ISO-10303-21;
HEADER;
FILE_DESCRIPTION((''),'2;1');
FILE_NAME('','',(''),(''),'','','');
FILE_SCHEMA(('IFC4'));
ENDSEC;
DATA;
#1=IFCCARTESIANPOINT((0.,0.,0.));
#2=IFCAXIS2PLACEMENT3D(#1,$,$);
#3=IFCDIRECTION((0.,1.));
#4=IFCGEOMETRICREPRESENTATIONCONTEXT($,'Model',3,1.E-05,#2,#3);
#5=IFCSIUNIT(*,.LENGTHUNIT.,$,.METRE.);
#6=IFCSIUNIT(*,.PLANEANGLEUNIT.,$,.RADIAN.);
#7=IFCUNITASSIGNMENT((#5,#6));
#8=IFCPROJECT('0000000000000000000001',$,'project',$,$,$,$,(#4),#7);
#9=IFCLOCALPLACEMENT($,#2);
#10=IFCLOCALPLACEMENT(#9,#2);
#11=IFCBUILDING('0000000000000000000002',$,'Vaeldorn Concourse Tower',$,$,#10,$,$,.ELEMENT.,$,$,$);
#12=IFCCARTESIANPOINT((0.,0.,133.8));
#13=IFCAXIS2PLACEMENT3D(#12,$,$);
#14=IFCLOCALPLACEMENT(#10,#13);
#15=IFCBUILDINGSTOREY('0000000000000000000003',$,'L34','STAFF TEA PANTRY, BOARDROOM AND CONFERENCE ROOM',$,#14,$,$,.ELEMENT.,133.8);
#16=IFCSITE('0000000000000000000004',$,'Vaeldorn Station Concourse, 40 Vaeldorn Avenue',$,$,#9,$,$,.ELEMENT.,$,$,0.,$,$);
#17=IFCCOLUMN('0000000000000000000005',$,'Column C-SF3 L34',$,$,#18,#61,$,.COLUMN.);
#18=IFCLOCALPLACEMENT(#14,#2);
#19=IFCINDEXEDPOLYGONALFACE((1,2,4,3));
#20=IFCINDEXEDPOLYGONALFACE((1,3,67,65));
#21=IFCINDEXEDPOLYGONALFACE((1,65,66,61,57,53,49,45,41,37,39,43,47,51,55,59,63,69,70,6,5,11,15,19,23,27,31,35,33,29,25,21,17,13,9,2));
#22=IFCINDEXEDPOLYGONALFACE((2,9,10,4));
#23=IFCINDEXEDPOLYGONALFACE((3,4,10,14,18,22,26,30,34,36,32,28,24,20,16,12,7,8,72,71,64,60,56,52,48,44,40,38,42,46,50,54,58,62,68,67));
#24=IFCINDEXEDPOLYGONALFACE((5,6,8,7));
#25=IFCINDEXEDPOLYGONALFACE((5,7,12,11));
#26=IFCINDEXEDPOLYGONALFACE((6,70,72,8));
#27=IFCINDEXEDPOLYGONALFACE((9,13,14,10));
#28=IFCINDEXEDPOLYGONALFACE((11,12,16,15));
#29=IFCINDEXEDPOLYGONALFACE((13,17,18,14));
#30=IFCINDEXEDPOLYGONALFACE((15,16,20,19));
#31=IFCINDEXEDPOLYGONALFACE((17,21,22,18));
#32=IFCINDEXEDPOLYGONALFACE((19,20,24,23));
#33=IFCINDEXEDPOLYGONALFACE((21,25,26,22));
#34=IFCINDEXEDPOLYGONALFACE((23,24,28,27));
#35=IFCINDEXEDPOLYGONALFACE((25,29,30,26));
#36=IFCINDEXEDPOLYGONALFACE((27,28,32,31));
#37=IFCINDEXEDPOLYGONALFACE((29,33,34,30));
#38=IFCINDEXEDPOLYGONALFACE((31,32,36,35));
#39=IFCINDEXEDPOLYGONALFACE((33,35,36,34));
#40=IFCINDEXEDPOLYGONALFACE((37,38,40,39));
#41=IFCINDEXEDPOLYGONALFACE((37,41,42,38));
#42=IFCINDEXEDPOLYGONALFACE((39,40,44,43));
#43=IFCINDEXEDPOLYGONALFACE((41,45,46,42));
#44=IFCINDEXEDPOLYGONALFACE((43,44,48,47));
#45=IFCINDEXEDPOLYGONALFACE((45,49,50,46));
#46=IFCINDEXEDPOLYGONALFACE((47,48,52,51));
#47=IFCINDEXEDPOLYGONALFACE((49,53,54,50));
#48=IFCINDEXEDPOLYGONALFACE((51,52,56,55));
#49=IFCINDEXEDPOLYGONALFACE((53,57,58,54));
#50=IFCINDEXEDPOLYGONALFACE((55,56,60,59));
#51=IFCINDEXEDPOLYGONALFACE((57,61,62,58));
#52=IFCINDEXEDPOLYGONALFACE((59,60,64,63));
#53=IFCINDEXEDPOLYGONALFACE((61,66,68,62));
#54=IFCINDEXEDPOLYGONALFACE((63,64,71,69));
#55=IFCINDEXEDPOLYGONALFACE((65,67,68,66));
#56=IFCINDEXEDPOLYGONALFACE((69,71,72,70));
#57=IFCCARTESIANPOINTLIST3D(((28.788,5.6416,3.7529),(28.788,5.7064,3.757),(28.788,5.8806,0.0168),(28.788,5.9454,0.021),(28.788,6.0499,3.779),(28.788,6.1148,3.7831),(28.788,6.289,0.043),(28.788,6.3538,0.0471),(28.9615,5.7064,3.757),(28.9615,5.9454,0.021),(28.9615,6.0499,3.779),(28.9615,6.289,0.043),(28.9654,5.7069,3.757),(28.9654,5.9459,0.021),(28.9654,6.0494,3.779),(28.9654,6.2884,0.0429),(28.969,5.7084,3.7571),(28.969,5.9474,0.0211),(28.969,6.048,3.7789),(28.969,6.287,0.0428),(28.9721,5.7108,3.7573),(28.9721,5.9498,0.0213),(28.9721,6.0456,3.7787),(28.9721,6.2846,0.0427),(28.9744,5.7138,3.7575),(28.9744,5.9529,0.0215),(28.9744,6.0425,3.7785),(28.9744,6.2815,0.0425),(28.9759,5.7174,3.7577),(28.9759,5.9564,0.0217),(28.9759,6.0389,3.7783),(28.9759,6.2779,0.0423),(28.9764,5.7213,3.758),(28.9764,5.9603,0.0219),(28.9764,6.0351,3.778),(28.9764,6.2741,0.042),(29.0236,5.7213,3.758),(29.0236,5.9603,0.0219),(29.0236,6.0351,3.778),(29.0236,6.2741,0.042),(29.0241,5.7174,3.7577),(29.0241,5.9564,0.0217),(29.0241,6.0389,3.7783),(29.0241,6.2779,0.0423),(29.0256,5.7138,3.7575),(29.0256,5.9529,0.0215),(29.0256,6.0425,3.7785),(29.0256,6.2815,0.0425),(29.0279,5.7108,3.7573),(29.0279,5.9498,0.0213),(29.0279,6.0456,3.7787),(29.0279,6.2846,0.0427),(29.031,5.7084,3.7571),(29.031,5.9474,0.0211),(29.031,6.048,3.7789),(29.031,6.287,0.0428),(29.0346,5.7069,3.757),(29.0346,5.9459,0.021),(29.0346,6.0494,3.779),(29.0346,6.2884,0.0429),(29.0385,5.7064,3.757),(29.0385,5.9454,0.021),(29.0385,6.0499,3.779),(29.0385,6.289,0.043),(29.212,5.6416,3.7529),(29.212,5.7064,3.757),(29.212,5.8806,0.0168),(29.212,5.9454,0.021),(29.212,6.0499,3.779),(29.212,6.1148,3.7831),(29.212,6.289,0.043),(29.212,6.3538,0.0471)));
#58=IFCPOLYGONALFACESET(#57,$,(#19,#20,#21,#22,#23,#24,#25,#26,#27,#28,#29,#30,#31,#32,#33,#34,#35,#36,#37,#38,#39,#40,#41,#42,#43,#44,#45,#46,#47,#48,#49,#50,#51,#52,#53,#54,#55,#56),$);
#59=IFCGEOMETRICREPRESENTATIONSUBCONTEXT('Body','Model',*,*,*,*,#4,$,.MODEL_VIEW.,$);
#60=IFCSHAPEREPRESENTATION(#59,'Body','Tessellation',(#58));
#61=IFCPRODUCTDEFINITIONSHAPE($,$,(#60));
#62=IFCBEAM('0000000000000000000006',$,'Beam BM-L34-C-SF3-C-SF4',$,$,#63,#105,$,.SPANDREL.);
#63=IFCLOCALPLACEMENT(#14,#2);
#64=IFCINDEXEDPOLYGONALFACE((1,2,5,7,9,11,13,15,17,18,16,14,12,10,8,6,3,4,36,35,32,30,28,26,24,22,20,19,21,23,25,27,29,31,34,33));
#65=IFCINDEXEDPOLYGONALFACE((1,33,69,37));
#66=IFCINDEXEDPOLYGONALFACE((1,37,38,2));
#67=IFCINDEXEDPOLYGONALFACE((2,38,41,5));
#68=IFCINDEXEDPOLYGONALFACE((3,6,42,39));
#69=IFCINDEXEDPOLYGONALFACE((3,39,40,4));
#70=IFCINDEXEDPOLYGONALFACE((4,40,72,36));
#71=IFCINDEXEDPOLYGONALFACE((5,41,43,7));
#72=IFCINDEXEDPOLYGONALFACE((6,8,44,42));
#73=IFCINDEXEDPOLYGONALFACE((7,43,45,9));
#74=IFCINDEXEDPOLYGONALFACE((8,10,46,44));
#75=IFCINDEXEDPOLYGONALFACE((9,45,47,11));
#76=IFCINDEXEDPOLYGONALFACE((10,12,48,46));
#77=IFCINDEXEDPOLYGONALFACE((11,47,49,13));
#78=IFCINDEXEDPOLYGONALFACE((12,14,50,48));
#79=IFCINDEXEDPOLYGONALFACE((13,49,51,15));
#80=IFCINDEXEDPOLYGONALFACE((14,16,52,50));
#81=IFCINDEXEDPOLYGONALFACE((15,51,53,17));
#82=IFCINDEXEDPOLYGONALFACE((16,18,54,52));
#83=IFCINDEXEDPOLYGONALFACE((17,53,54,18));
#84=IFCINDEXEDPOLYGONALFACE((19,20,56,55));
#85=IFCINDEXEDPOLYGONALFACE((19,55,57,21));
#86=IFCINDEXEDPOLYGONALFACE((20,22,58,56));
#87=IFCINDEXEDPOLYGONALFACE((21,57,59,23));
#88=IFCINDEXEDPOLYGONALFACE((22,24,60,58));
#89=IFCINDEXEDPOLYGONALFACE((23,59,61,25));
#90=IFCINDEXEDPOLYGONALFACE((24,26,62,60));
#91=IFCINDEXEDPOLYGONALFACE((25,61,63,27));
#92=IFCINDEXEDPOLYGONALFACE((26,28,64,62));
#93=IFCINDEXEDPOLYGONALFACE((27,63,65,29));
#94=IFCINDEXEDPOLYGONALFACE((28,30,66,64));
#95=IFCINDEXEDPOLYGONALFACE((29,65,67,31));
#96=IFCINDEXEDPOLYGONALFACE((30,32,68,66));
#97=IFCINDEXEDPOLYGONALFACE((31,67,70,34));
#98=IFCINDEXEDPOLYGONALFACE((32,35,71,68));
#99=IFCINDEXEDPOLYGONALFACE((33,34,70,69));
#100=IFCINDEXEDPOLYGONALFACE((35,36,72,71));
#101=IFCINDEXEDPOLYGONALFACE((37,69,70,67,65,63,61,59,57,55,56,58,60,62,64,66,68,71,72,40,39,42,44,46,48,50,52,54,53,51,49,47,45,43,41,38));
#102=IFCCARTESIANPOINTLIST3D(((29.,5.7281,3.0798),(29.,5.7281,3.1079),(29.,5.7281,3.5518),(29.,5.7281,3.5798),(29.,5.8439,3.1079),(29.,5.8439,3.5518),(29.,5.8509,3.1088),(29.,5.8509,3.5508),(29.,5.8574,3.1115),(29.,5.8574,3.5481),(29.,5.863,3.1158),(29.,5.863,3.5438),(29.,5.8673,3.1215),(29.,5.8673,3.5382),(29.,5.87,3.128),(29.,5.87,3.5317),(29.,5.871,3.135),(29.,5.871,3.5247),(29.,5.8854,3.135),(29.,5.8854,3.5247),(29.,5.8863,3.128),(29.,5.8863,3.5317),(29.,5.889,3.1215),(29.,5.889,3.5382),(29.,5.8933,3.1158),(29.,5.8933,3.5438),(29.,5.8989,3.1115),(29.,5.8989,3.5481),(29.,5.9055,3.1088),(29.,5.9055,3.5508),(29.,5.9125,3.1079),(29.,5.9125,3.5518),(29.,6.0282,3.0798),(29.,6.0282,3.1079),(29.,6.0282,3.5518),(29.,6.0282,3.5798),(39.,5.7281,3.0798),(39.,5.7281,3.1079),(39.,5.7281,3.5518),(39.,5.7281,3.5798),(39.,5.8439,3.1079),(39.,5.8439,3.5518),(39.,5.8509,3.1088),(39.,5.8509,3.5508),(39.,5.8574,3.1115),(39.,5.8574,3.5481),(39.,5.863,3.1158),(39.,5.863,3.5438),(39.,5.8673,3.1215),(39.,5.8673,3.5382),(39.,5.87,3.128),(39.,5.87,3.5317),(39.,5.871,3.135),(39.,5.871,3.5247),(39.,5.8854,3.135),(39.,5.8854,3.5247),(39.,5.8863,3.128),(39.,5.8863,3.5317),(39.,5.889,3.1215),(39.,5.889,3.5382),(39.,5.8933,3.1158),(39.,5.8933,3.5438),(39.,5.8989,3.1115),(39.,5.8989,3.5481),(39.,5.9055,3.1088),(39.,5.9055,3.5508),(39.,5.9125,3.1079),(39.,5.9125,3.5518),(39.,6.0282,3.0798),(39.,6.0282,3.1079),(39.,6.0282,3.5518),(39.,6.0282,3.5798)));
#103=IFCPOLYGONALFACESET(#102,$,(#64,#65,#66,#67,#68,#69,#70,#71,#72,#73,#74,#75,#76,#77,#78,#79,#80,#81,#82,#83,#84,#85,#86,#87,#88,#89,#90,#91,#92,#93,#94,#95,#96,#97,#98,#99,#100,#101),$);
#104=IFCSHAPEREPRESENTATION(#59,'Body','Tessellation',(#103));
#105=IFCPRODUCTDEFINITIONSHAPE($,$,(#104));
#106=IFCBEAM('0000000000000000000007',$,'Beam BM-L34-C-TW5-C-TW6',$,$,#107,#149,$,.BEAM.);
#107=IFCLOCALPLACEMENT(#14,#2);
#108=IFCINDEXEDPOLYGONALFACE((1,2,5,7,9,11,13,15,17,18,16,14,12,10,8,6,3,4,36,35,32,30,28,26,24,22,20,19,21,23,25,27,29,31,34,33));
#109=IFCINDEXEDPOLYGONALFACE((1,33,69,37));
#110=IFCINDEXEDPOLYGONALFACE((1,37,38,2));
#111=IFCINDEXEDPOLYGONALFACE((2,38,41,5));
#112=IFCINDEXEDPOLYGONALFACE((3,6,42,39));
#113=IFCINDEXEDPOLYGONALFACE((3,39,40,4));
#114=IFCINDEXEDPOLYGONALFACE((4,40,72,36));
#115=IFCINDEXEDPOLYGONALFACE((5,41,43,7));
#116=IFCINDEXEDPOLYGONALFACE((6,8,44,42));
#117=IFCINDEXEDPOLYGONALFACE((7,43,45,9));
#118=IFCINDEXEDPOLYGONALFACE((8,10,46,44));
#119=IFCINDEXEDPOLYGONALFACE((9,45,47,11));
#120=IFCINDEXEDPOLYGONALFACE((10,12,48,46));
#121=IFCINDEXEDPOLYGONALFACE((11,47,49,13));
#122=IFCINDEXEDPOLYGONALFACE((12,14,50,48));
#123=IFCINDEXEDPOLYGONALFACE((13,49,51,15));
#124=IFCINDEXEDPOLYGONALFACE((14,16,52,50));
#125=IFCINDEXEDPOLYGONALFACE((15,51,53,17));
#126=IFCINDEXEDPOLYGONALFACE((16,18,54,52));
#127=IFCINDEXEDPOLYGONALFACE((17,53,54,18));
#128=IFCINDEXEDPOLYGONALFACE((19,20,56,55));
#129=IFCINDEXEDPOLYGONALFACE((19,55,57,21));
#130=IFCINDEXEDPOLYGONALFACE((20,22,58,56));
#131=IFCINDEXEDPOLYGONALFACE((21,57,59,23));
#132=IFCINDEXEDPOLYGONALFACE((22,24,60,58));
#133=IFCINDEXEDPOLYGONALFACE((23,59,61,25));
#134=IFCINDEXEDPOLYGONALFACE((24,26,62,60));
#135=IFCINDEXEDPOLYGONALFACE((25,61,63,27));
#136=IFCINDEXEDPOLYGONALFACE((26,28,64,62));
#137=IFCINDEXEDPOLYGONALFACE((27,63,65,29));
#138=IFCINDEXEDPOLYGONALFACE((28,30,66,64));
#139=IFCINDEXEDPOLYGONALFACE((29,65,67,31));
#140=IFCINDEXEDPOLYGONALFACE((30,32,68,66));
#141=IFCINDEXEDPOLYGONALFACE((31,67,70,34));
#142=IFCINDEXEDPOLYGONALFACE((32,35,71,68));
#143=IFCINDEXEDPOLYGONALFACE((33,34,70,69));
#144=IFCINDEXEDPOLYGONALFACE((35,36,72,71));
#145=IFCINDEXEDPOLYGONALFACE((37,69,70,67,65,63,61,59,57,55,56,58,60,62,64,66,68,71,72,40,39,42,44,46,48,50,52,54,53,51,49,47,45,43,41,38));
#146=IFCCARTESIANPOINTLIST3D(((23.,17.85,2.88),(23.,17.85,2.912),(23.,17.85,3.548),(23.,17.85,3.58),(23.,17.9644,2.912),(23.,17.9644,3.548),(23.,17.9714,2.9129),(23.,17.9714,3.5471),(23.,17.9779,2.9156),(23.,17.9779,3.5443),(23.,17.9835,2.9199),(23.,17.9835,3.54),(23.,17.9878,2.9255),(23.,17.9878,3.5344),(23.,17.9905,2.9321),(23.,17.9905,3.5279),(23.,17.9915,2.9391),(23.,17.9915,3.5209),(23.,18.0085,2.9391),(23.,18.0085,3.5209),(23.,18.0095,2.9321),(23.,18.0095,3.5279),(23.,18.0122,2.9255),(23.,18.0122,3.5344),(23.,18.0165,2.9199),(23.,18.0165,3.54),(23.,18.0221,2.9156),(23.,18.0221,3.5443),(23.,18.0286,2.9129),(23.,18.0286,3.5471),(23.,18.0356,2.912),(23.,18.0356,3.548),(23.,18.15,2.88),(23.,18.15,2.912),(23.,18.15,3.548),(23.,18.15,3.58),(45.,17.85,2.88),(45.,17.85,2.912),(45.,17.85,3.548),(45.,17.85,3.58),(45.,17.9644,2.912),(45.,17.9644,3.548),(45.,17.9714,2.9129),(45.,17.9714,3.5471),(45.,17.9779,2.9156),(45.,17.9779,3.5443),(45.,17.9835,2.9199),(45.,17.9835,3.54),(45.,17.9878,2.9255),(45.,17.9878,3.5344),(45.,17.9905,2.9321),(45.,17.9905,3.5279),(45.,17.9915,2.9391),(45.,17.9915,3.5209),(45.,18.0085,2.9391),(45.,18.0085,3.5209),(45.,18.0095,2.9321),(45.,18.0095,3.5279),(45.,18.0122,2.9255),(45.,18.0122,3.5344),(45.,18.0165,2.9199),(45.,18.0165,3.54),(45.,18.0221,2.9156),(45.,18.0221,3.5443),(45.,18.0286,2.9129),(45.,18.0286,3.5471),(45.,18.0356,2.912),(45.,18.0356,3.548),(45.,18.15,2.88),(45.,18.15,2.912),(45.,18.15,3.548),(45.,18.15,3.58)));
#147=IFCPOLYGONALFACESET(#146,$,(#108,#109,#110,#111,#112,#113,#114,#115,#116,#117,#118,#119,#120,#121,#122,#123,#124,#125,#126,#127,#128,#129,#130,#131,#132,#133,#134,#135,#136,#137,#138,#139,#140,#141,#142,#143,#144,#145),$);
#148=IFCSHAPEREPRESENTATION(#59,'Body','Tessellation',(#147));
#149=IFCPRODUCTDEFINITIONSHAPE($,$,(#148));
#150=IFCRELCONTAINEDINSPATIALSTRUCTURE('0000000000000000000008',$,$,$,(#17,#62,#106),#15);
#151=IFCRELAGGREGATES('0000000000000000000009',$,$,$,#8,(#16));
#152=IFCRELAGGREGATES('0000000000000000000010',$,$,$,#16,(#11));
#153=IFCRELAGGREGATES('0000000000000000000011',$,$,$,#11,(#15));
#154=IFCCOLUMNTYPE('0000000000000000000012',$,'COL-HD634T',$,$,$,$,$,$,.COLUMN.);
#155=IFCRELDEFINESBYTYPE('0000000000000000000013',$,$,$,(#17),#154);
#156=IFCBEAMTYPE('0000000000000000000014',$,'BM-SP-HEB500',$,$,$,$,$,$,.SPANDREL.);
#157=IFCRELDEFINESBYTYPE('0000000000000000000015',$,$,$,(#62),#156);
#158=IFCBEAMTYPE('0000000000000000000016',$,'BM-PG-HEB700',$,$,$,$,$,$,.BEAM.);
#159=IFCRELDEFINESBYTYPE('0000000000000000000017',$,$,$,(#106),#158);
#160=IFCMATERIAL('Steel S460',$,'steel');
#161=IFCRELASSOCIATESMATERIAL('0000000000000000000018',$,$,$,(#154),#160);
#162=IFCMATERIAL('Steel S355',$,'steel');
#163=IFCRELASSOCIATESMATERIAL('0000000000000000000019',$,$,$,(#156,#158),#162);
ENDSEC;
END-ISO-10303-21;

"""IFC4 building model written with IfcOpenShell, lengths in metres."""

from ifc_helpers import new_model, si_unit, direction, frame, origin, origin_2d, place, context, subcontext, project, spatial, i_section, extrude, source, transform, mapped, material, material_profile, profile_set, type_object, element, save


model = new_model("IFC4")

# Units and contexts
model_context = context("Model", 3, precision=1e-05, world=origin(), true_north=direction((0.0, 1.0)))
body_context = subcontext(model_context, "Body", "Model", "MODEL_VIEW")
ifc_project = project(units=[si_unit("LENGTHUNIT", "METRE"), si_unit("PLANEANGLEUNIT", "RADIAN")], contexts=[model_context])

# Site, building, storey
site_placement = place(None, origin())
site = spatial("IfcSite", under=ifc_project, at=site_placement, Name="Vaeldorn Station Concourse, 40 Vaeldorn Avenue", CompositionType="ELEMENT", RefElevation=0.0)
building_placement = place(site_placement, origin())
building = spatial("IfcBuilding", under=site, at=building_placement, Name="Vaeldorn Concourse Tower", CompositionType="ELEMENT")
storey_placement = place(building_placement, frame((0.0, 0.0, 133.8)))
storey = spatial("IfcBuildingStorey", under=building, at=storey_placement, Name="L34", Description="STAFF TEA PANTRY, BOARDROOM AND CONFERENCE ROOM", CompositionType="ELEMENT", Elevation=133.8)

# Column
ifc_material_1 = material(Name="Steel S460", Category="steel")
ifc_material_profile_1 = material_profile(ifc_material_1, i_section(OverallWidth=0.4241, OverallDepth=0.4741, WebThickness=0.0471, FlangeThickness=0.0649, FilletRadius=0.0149, at=origin_2d()), Name="HD 400x634")
ifc_profile_set_1 = profile_set([ifc_material_profile_1], Name="Steel S460")
column_type_1 = type_object("IfcColumnType", Name="COL-HD634T", PredefinedType="COLUMN", material=ifc_profile_set_1)
shared_shape_1 = source(origin(), body_context, "Body", "SweptSolid", [
    extrude(i_section(OverallWidth=0.4241, OverallDepth=0.4741, WebThickness=0.0471, FlangeThickness=0.0649, FilletRadius=0.0149, at=origin_2d()), origin(), (0.0, 0.0, 1.0), 3.7437),
])
for number, where, z_axis, x_axis, name in (
    (1, (29.0, 6.1172, 0.032), (0.0, -0.063844, 0.99796), (1.0, 0.0, 0.0), "Column C-SF3 L34"),
):
    element("IfcColumn", number, at=place(storey_placement, frame(where, z_axis=z_axis, x_axis=x_axis)), inside=storey, type_object=column_type_1, Name=name, PredefinedType="COLUMN", context=body_context, shape_type="MappedRepresentation", body=[
        mapped(shared_shape_1, transform((0.0, 0.0, 0.0), scale=1.0)),
    ])

# Beams
ifc_material_2 = material(Name="Steel S355", Category="steel")
ifc_material_profile_2 = material_profile(ifc_material_2, i_section(OverallWidth=0.3, OverallDepth=0.5, WebThickness=0.0144, FlangeThickness=0.0281, FilletRadius=0.0271, at=origin_2d()), Name="HEB 500")
ifc_profile_set_2 = profile_set([ifc_material_profile_2], Name="Steel S355")
beam_type_1 = type_object("IfcBeamType", Name="BM-SP-HEB500", PredefinedType="SPANDREL", material=ifc_profile_set_2)
shared_shape_2 = source(origin(), body_context, "Body", "SweptSolid", [
    extrude(i_section(OverallWidth=0.3, OverallDepth=0.5, WebThickness=0.0144, FlangeThickness=0.0281, FilletRadius=0.0271, at=origin_2d()), origin(), (0.0, 0.0, 1.0), 10.0),
])
beam_1_placement = place(storey_placement, frame((29.0, 5.8782, 3.3298), z_axis=(1.0, 0.0, 0.0), x_axis=(0.0, 1.0, 0.0)))
element("IfcBeam", 2, at=beam_1_placement, inside=storey, type_object=beam_type_1, Name="Beam BM-L34-C-SF3-C-SF4", PredefinedType="SPANDREL", context=body_context, shape_type="MappedRepresentation", body=[
    mapped(shared_shape_2, transform((0.0, 0.0, 0.0), scale=1.0)),
])
ifc_material_profile_3 = material_profile(ifc_material_2, i_section(OverallWidth=0.3, OverallDepth=0.7, WebThickness=0.0171, FlangeThickness=0.032, FilletRadius=0.0271, at=origin_2d()), Name="HEB 700")
ifc_profile_set_3 = profile_set([ifc_material_profile_3], Name="Steel S355")
beam_type_2 = type_object("IfcBeamType", Name="BM-PG-HEB700", PredefinedType="BEAM", material=ifc_profile_set_3)
shared_shape_3 = source(origin(), body_context, "Body", "SweptSolid", [
    extrude(i_section(OverallWidth=0.3, OverallDepth=0.7, WebThickness=0.0171, FlangeThickness=0.032, FilletRadius=0.0271, at=origin_2d()), origin(), (0.0, 0.0, 1.0), 22.0),
])
beam_2_placement = place(storey_placement, frame((23.0, 18.0, 3.23), z_axis=(1.0, 0.0, 0.0), x_axis=(0.0, 1.0, 0.0)))
element("IfcBeam", 3, at=beam_2_placement, inside=storey, type_object=beam_type_2, Name="Beam BM-L34-C-TW5-C-TW6", PredefinedType="BEAM", context=body_context, shape_type="MappedRepresentation", body=[
    mapped(shared_shape_3, transform((0.0, 0.0, 0.0), scale=1.0)),
])

save(model, "model.ifc")
